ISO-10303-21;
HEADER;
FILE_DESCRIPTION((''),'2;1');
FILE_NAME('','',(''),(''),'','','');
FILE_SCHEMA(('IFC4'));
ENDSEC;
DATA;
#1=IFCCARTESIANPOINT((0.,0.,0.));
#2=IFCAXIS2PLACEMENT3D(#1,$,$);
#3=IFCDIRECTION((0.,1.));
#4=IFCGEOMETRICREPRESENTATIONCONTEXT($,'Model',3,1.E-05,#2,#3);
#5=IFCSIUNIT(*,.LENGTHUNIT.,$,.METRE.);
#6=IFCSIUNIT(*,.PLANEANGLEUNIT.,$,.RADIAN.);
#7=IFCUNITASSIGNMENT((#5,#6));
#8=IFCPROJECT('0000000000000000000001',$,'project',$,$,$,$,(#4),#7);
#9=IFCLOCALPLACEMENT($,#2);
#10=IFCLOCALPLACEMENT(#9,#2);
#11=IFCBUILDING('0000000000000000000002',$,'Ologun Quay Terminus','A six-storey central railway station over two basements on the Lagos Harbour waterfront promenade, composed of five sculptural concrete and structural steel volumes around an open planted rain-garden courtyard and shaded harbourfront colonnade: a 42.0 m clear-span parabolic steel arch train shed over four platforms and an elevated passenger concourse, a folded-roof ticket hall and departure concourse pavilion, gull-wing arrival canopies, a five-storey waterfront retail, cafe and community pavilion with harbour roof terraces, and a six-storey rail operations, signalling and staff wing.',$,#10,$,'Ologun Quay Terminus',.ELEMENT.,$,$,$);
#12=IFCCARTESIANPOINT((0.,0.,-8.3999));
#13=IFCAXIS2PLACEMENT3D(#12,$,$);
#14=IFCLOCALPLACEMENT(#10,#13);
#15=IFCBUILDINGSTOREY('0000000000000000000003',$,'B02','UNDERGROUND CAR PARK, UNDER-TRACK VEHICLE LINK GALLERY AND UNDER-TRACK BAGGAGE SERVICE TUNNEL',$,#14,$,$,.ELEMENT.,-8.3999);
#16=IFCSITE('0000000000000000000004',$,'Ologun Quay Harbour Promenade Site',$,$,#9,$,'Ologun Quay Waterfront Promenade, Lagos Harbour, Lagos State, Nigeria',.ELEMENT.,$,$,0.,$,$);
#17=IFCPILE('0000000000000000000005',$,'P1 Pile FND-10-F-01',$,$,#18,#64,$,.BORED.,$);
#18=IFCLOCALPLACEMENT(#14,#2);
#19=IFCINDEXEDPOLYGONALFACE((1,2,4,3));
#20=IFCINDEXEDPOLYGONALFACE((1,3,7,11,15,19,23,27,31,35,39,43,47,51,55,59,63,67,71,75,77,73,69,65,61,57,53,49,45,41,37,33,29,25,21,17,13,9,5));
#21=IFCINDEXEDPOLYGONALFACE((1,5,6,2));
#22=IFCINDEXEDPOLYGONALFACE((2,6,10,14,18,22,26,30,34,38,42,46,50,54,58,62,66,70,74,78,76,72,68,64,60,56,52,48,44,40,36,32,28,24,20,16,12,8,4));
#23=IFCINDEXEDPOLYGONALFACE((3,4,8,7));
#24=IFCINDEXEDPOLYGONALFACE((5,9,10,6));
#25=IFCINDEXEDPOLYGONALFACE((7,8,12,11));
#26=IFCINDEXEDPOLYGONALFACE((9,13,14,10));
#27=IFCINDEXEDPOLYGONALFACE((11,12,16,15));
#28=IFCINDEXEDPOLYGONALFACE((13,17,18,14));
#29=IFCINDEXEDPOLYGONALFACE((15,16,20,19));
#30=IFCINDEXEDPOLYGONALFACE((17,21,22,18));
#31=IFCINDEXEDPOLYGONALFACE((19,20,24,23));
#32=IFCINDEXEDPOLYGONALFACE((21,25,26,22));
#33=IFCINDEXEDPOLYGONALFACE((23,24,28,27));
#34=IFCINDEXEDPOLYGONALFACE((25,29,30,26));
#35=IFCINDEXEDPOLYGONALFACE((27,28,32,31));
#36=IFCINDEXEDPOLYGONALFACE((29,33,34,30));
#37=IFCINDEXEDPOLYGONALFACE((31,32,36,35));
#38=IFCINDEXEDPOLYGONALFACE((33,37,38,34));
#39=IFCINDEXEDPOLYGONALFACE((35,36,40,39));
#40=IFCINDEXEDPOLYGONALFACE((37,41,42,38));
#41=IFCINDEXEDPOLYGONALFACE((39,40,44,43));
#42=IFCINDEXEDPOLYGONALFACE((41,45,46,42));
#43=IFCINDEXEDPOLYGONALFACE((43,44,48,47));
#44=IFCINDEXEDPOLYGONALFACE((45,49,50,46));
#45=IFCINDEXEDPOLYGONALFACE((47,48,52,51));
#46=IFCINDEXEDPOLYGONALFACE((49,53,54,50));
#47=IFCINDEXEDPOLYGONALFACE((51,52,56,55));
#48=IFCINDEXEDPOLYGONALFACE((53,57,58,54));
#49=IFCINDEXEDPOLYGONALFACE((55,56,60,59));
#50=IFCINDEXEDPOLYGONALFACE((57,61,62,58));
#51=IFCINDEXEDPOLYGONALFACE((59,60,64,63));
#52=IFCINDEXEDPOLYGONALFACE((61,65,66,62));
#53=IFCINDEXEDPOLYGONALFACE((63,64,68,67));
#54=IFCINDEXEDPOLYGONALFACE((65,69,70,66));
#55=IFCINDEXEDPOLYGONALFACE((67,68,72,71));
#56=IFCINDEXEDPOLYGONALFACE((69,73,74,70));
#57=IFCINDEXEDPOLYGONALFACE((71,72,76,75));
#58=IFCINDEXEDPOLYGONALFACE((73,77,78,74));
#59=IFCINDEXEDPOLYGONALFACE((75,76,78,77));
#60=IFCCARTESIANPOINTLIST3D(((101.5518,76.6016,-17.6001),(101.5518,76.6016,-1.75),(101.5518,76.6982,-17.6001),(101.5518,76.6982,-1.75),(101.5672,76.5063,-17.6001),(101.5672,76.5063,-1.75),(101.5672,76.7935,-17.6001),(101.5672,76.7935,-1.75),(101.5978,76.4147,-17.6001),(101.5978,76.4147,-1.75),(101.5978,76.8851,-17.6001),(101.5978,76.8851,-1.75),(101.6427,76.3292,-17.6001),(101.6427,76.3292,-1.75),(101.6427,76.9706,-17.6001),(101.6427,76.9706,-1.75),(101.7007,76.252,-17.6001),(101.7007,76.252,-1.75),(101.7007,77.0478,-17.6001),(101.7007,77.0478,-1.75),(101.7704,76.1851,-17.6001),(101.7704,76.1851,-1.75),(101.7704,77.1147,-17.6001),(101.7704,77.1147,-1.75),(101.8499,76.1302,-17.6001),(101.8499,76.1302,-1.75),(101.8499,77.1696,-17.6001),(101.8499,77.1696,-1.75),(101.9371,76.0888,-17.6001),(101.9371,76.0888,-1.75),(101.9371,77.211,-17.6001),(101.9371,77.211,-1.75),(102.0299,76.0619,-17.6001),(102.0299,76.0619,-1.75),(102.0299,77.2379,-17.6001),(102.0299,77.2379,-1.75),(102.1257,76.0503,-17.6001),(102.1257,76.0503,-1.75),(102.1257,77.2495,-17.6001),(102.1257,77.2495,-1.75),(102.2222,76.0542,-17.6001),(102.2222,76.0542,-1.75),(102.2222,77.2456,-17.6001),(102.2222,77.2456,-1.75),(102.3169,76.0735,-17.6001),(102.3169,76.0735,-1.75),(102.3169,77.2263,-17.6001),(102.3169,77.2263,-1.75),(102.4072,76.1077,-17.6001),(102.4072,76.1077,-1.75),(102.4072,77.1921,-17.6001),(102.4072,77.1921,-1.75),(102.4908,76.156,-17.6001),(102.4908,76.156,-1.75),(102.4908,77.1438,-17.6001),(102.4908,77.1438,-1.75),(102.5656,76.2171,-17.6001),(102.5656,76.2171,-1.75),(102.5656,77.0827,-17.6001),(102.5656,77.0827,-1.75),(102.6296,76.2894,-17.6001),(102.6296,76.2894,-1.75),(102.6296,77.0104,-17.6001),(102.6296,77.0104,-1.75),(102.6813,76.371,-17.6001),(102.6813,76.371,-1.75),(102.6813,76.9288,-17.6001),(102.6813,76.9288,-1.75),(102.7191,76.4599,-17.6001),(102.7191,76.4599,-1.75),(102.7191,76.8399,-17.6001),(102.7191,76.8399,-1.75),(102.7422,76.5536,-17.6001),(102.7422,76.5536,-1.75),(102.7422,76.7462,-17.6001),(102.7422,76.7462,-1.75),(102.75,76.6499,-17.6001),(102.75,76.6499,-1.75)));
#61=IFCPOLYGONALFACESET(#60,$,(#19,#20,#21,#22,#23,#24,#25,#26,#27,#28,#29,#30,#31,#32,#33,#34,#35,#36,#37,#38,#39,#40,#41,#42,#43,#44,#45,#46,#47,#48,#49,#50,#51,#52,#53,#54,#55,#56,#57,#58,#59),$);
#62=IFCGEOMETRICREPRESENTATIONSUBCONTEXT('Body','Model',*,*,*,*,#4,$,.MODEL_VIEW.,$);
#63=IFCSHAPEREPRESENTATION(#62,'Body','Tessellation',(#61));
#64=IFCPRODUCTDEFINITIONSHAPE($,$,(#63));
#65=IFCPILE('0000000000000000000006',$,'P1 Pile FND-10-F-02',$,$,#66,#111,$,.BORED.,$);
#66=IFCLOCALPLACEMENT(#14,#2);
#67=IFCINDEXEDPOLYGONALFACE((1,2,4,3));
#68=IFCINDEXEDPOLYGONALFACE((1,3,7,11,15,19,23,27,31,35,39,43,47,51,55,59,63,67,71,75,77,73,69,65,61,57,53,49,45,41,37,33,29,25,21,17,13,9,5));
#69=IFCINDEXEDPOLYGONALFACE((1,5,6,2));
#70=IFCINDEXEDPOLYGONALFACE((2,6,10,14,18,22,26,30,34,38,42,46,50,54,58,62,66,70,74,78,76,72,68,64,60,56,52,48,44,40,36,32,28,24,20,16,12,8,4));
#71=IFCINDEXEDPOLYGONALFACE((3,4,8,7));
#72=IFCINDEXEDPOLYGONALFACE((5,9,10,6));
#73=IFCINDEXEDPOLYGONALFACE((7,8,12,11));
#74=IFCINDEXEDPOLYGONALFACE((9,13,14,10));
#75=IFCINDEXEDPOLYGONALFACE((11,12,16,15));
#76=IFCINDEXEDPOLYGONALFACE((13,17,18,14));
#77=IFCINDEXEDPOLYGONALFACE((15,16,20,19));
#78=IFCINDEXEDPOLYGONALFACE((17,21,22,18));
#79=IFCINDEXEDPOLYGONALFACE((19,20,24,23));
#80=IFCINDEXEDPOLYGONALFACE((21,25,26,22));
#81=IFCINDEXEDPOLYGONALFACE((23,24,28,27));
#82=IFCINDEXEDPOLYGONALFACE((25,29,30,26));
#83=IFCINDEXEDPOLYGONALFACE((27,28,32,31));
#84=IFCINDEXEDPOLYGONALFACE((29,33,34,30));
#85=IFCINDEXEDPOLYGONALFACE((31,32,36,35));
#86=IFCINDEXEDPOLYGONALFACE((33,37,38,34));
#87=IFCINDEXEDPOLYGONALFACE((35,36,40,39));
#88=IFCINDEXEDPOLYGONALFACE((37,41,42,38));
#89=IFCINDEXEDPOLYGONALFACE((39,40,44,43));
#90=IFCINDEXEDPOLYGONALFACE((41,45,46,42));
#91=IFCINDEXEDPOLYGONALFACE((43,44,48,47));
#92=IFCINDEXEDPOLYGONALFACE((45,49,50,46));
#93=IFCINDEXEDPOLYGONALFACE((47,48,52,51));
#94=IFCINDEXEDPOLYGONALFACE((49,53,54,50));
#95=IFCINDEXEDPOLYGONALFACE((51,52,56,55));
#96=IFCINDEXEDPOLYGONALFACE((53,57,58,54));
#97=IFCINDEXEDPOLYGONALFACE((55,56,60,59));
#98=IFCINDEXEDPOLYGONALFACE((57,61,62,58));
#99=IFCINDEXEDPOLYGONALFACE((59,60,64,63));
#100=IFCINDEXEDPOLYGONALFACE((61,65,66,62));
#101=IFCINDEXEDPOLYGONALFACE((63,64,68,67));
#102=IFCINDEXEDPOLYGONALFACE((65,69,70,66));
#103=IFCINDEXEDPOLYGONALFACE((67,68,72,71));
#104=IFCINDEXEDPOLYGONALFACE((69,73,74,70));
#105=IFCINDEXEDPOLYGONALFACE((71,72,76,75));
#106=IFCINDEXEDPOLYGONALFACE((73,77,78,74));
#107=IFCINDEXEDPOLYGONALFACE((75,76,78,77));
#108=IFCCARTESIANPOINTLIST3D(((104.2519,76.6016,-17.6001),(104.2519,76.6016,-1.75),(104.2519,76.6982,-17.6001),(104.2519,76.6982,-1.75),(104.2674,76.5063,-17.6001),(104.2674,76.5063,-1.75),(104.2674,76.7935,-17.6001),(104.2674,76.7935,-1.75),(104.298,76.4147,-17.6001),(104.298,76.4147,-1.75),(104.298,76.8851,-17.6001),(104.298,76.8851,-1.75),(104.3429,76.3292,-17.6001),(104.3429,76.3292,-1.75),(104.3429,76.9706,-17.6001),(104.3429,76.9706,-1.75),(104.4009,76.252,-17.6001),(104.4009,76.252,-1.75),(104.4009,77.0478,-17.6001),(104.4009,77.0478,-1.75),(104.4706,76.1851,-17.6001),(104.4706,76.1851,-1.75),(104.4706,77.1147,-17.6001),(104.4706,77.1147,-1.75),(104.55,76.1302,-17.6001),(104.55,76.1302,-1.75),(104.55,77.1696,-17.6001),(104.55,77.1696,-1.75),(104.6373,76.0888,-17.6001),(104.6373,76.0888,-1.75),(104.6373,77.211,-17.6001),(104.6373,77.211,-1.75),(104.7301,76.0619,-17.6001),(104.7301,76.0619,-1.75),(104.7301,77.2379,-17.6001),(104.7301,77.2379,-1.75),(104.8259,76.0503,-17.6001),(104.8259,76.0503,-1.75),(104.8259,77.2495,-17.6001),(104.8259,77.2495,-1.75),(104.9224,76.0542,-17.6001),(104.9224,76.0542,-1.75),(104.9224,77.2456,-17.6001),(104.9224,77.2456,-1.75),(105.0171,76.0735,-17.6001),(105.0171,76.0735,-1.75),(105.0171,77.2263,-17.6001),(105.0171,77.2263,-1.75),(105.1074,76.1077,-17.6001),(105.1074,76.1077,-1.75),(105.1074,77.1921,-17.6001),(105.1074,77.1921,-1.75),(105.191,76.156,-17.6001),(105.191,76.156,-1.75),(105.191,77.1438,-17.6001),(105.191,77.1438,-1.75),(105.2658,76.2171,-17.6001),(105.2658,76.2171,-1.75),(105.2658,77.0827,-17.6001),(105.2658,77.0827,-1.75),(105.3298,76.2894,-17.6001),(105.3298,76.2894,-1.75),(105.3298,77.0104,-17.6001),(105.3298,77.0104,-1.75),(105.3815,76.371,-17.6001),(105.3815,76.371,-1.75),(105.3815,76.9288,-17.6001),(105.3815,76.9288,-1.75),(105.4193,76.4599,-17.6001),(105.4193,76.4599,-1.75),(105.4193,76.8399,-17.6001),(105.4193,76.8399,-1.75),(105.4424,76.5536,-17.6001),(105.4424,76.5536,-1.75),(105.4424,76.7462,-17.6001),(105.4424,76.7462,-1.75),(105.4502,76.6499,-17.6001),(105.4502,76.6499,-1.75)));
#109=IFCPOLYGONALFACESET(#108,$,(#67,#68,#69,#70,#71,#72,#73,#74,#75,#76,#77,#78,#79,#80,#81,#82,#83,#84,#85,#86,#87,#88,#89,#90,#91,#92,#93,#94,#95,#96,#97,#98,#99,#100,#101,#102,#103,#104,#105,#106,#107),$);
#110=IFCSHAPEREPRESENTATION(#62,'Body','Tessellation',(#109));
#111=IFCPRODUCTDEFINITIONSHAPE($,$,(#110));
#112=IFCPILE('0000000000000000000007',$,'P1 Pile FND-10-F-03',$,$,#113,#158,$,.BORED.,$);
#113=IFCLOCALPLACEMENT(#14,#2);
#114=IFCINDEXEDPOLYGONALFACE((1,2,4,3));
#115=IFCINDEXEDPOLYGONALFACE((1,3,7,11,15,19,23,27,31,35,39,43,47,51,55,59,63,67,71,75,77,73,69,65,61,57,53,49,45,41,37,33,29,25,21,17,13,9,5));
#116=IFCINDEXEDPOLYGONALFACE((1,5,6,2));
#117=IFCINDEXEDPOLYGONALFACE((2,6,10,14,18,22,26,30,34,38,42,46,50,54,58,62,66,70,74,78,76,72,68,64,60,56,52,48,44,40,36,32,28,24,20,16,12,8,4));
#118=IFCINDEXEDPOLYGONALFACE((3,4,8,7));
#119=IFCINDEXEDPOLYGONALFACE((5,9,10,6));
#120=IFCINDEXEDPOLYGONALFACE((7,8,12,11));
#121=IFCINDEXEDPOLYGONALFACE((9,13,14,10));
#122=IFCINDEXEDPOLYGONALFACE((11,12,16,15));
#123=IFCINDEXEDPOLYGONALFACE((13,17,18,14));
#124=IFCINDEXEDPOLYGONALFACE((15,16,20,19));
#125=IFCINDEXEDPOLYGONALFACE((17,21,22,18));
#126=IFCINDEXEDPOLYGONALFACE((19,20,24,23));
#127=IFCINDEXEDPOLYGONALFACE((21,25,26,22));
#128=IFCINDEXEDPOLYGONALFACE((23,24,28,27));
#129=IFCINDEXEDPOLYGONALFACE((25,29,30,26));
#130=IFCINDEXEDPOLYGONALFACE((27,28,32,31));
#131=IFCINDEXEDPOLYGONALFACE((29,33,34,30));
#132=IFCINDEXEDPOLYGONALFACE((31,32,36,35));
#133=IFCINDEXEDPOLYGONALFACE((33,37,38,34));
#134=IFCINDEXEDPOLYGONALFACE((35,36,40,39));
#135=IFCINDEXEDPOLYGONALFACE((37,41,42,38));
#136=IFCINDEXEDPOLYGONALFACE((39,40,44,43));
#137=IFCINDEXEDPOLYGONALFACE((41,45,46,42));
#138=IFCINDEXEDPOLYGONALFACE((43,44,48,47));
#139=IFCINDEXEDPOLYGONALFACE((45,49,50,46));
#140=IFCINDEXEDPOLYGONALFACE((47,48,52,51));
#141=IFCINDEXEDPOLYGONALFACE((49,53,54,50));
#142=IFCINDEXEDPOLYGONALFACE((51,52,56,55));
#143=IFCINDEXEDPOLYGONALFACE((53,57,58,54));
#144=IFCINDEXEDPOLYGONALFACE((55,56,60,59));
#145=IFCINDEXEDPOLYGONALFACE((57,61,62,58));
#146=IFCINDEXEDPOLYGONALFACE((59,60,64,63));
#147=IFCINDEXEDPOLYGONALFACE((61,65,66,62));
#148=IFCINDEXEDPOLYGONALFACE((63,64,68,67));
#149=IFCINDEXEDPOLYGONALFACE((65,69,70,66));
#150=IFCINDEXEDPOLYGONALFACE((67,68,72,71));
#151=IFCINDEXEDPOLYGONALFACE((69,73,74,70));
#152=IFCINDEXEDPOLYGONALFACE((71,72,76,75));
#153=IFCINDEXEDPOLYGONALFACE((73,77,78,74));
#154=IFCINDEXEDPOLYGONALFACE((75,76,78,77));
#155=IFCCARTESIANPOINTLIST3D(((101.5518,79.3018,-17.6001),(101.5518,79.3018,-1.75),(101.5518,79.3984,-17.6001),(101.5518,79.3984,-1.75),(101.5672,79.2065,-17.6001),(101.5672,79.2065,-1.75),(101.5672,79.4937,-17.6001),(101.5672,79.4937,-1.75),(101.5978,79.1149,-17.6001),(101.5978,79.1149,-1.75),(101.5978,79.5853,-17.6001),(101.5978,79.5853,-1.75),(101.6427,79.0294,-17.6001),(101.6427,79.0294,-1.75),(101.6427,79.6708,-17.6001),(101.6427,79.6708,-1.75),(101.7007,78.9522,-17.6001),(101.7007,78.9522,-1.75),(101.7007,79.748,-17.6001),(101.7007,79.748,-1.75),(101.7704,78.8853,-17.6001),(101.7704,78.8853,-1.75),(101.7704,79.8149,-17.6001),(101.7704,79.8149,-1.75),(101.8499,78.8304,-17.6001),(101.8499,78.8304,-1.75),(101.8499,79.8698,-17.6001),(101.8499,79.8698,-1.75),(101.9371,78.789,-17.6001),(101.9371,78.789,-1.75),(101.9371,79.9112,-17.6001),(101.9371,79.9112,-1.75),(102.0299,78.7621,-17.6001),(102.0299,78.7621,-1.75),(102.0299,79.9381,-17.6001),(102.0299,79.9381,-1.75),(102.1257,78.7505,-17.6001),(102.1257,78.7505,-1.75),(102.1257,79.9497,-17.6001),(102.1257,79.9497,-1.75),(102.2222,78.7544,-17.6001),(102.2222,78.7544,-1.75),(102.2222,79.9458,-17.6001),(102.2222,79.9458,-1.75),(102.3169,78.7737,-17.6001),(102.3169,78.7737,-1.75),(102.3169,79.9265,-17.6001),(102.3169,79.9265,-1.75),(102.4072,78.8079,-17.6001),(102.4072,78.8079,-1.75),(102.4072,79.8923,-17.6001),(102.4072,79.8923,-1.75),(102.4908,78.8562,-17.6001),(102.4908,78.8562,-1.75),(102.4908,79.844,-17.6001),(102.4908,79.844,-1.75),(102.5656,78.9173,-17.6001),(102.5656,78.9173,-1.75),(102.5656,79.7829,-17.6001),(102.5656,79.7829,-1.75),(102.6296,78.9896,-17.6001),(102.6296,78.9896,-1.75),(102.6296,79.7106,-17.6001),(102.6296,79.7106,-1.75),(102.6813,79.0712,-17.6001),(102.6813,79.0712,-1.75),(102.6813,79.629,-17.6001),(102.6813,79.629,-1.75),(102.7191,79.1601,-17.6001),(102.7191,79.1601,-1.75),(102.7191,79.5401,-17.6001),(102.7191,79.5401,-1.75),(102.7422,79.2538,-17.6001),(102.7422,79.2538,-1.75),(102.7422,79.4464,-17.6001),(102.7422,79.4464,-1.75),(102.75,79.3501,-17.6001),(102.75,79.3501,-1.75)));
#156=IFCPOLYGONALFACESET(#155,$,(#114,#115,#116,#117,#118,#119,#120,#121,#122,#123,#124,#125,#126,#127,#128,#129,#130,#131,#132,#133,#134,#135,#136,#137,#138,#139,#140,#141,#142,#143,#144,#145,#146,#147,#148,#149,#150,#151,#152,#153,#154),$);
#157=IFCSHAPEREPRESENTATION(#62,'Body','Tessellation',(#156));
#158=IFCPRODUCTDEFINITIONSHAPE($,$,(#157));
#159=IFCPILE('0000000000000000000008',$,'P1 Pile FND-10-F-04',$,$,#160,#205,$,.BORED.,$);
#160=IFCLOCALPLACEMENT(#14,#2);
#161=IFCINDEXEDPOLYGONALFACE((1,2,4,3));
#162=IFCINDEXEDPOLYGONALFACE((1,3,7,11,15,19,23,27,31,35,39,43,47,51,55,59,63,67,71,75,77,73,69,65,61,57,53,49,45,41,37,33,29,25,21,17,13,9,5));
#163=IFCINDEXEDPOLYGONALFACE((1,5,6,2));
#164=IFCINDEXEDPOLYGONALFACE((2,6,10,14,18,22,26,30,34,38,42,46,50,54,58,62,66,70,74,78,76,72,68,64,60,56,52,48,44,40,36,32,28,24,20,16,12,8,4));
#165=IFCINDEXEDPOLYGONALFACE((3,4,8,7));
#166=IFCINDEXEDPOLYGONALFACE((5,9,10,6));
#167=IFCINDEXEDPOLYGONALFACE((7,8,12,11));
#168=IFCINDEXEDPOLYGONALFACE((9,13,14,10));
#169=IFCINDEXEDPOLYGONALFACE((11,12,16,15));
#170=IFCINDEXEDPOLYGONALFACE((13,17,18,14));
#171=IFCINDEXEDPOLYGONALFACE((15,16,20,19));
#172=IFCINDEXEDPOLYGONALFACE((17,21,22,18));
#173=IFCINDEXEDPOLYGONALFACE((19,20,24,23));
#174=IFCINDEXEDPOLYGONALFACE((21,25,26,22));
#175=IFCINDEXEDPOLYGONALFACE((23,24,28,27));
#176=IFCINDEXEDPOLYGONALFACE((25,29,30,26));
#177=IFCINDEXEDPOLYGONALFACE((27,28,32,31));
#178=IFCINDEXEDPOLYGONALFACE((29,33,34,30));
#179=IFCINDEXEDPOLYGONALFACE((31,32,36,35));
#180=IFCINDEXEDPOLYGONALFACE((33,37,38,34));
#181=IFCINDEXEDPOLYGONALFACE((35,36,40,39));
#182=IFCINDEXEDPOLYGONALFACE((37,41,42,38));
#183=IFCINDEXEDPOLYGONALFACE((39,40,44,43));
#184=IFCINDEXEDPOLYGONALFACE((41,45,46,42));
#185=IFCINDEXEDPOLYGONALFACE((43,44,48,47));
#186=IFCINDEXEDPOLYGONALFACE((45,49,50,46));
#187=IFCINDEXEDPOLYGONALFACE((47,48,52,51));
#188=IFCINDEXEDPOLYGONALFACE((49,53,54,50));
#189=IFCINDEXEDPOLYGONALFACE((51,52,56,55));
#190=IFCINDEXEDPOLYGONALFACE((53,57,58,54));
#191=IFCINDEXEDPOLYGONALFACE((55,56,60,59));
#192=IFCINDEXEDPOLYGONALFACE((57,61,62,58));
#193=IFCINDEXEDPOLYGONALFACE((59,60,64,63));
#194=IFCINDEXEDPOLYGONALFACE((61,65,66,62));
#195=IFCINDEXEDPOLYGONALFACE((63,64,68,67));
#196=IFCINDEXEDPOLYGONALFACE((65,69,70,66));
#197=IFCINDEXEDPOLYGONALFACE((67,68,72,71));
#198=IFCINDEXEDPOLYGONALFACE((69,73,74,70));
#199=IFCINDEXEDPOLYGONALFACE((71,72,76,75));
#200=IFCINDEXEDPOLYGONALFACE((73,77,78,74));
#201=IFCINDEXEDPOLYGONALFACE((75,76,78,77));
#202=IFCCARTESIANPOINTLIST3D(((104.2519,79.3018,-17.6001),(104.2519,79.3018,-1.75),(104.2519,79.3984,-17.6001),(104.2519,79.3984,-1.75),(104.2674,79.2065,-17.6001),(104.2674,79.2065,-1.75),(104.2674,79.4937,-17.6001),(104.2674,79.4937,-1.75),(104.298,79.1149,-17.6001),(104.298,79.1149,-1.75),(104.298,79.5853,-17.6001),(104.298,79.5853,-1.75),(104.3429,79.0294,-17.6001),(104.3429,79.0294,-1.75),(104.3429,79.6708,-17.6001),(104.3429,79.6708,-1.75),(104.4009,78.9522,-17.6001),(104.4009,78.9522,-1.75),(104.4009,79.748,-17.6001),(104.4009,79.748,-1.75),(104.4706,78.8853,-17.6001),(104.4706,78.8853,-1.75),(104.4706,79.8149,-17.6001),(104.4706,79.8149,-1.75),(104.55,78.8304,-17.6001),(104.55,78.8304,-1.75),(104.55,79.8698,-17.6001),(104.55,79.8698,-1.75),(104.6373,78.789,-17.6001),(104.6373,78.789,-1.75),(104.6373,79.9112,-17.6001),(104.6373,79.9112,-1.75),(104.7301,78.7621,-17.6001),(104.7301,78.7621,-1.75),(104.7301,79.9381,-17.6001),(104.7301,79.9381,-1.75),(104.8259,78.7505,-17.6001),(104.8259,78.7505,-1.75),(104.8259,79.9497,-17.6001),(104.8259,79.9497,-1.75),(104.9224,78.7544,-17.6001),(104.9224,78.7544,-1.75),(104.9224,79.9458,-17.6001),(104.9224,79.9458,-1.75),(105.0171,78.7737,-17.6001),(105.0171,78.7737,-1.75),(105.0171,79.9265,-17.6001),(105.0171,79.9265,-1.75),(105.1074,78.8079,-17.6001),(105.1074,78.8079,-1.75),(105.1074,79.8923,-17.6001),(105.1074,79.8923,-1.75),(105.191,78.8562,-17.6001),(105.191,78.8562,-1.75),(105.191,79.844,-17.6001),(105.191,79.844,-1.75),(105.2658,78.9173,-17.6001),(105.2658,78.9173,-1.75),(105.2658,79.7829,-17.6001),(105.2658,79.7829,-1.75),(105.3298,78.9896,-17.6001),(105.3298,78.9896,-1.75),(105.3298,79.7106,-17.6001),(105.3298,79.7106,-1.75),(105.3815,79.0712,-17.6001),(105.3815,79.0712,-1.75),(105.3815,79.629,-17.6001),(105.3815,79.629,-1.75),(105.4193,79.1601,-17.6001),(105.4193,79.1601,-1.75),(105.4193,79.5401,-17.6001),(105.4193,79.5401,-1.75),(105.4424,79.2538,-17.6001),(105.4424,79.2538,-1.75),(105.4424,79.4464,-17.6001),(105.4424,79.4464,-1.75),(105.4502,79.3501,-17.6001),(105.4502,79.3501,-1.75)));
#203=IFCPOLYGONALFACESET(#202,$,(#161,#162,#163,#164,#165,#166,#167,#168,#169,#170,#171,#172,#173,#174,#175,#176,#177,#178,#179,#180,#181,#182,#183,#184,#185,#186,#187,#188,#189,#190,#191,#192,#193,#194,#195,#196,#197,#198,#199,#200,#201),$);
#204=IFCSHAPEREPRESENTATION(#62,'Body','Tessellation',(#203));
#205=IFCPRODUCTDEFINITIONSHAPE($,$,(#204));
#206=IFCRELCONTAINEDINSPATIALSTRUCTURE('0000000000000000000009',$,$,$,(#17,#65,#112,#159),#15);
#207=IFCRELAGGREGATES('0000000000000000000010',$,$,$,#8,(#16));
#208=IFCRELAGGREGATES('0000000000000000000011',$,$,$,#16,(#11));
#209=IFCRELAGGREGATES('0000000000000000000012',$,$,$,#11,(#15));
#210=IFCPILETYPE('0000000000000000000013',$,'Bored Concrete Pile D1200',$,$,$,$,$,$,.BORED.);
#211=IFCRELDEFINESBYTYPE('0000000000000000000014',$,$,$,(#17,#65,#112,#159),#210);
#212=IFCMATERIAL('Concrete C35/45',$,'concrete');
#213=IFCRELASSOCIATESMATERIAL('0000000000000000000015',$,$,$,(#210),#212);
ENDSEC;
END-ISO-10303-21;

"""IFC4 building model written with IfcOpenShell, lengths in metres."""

from ifc_helpers import new_model, si_unit, direction, frame, origin, origin_2d, place, context, subcontext, project, spatial, circle, extrude, material, material_profile, profile_set, type_object, element, save


model = new_model("IFC4")

# Units and contexts
model_context = context("Model", 3, precision=1e-05, world=origin(), true_north=direction((0.0, 1.0)))
body_context = subcontext(model_context, "Body", "Model", "MODEL_VIEW")
ifc_project = project(units=[si_unit("LENGTHUNIT", "METRE"), si_unit("PLANEANGLEUNIT", "RADIAN")], contexts=[model_context])

# Site, building, storey
site_placement = place(None, origin())
site = spatial("IfcSite", under=ifc_project, at=site_placement, Name="Ologun Quay Harbour Promenade Site", LongName="Ologun Quay Waterfront Promenade, Lagos Harbour, Lagos State, Nigeria", CompositionType="ELEMENT", RefElevation=0.0)
building_placement = place(site_placement, origin())
building = spatial("IfcBuilding", under=site, at=building_placement, Name="Ologun Quay Terminus", Description="A six-storey central railway station over two basements on the Lagos Harbour waterfront promenade, composed of five sculptural concrete and structural steel volumes around an open planted rain-garden courtyard and shaded harbourfront colonnade: a 42.0 m clear-span parabolic steel arch train shed over four platforms and an elevated passenger concourse, a folded-roof ticket hall and departure concourse pavilion, gull-wing arrival canopies, a five-storey waterfront retail, cafe and community pavilion with harbour roof terraces, and a six-storey rail operations, signalling and staff wing.", LongName="Ologun Quay Terminus", CompositionType="ELEMENT")
storey_placement = place(building_placement, frame((0.0, 0.0, -8.3999)))
storey = spatial("IfcBuildingStorey", under=building, at=storey_placement, Name="B02", Description="UNDERGROUND CAR PARK, UNDER-TRACK VEHICLE LINK GALLERY AND UNDER-TRACK BAGGAGE SERVICE TUNNEL", CompositionType="ELEMENT", Elevation=-8.3999)

# Piles
ifc_material_1 = material(Name="Concrete C35/45", Category="concrete")
ifc_material_profile_1 = material_profile(ifc_material_1, circle(Radius=0.6001, at=origin_2d()), Name="PILE D1200")
ifc_profile_set_1 = profile_set([ifc_material_profile_1], Name="Concrete C35/45")
pile_type_1 = type_object("IfcPileType", Name="Bored Concrete Pile D1200", PredefinedType="BORED", material=ifc_profile_set_1)
for number, where, z_axis, x_axis, name in (
    (1, (102.1499, 76.6499, -1.75), (0.0, 0.0, -1.0), (1.0, 0.0, 0.0), "P1 Pile FND-10-F-01"),
    (2, (104.8501, 76.6499, -1.75), (0.0, 0.0, -1.0), (1.0, 0.0, 0.0), "P1 Pile FND-10-F-02"),
    (3, (102.1499, 79.3501, -1.75), (0.0, 0.0, -1.0), (1.0, 0.0, 0.0), "P1 Pile FND-10-F-03"),
    (4, (104.8501, 79.3501, -1.75), (0.0, 0.0, -1.0), (1.0, 0.0, 0.0), "P1 Pile FND-10-F-04"),
):
    element("IfcPile", number, at=place(storey_placement, frame(where, z_axis=z_axis, x_axis=x_axis)), inside=storey, type_object=pile_type_1, Name=name, PredefinedType="BORED", context=body_context, shape_type="SweptSolid", body=[
        extrude(circle(Radius=0.6001, at=origin_2d()), origin(), (0.0, 0.0, 1.0), 15.8501),
    ])

save(model, "model.ifc")
